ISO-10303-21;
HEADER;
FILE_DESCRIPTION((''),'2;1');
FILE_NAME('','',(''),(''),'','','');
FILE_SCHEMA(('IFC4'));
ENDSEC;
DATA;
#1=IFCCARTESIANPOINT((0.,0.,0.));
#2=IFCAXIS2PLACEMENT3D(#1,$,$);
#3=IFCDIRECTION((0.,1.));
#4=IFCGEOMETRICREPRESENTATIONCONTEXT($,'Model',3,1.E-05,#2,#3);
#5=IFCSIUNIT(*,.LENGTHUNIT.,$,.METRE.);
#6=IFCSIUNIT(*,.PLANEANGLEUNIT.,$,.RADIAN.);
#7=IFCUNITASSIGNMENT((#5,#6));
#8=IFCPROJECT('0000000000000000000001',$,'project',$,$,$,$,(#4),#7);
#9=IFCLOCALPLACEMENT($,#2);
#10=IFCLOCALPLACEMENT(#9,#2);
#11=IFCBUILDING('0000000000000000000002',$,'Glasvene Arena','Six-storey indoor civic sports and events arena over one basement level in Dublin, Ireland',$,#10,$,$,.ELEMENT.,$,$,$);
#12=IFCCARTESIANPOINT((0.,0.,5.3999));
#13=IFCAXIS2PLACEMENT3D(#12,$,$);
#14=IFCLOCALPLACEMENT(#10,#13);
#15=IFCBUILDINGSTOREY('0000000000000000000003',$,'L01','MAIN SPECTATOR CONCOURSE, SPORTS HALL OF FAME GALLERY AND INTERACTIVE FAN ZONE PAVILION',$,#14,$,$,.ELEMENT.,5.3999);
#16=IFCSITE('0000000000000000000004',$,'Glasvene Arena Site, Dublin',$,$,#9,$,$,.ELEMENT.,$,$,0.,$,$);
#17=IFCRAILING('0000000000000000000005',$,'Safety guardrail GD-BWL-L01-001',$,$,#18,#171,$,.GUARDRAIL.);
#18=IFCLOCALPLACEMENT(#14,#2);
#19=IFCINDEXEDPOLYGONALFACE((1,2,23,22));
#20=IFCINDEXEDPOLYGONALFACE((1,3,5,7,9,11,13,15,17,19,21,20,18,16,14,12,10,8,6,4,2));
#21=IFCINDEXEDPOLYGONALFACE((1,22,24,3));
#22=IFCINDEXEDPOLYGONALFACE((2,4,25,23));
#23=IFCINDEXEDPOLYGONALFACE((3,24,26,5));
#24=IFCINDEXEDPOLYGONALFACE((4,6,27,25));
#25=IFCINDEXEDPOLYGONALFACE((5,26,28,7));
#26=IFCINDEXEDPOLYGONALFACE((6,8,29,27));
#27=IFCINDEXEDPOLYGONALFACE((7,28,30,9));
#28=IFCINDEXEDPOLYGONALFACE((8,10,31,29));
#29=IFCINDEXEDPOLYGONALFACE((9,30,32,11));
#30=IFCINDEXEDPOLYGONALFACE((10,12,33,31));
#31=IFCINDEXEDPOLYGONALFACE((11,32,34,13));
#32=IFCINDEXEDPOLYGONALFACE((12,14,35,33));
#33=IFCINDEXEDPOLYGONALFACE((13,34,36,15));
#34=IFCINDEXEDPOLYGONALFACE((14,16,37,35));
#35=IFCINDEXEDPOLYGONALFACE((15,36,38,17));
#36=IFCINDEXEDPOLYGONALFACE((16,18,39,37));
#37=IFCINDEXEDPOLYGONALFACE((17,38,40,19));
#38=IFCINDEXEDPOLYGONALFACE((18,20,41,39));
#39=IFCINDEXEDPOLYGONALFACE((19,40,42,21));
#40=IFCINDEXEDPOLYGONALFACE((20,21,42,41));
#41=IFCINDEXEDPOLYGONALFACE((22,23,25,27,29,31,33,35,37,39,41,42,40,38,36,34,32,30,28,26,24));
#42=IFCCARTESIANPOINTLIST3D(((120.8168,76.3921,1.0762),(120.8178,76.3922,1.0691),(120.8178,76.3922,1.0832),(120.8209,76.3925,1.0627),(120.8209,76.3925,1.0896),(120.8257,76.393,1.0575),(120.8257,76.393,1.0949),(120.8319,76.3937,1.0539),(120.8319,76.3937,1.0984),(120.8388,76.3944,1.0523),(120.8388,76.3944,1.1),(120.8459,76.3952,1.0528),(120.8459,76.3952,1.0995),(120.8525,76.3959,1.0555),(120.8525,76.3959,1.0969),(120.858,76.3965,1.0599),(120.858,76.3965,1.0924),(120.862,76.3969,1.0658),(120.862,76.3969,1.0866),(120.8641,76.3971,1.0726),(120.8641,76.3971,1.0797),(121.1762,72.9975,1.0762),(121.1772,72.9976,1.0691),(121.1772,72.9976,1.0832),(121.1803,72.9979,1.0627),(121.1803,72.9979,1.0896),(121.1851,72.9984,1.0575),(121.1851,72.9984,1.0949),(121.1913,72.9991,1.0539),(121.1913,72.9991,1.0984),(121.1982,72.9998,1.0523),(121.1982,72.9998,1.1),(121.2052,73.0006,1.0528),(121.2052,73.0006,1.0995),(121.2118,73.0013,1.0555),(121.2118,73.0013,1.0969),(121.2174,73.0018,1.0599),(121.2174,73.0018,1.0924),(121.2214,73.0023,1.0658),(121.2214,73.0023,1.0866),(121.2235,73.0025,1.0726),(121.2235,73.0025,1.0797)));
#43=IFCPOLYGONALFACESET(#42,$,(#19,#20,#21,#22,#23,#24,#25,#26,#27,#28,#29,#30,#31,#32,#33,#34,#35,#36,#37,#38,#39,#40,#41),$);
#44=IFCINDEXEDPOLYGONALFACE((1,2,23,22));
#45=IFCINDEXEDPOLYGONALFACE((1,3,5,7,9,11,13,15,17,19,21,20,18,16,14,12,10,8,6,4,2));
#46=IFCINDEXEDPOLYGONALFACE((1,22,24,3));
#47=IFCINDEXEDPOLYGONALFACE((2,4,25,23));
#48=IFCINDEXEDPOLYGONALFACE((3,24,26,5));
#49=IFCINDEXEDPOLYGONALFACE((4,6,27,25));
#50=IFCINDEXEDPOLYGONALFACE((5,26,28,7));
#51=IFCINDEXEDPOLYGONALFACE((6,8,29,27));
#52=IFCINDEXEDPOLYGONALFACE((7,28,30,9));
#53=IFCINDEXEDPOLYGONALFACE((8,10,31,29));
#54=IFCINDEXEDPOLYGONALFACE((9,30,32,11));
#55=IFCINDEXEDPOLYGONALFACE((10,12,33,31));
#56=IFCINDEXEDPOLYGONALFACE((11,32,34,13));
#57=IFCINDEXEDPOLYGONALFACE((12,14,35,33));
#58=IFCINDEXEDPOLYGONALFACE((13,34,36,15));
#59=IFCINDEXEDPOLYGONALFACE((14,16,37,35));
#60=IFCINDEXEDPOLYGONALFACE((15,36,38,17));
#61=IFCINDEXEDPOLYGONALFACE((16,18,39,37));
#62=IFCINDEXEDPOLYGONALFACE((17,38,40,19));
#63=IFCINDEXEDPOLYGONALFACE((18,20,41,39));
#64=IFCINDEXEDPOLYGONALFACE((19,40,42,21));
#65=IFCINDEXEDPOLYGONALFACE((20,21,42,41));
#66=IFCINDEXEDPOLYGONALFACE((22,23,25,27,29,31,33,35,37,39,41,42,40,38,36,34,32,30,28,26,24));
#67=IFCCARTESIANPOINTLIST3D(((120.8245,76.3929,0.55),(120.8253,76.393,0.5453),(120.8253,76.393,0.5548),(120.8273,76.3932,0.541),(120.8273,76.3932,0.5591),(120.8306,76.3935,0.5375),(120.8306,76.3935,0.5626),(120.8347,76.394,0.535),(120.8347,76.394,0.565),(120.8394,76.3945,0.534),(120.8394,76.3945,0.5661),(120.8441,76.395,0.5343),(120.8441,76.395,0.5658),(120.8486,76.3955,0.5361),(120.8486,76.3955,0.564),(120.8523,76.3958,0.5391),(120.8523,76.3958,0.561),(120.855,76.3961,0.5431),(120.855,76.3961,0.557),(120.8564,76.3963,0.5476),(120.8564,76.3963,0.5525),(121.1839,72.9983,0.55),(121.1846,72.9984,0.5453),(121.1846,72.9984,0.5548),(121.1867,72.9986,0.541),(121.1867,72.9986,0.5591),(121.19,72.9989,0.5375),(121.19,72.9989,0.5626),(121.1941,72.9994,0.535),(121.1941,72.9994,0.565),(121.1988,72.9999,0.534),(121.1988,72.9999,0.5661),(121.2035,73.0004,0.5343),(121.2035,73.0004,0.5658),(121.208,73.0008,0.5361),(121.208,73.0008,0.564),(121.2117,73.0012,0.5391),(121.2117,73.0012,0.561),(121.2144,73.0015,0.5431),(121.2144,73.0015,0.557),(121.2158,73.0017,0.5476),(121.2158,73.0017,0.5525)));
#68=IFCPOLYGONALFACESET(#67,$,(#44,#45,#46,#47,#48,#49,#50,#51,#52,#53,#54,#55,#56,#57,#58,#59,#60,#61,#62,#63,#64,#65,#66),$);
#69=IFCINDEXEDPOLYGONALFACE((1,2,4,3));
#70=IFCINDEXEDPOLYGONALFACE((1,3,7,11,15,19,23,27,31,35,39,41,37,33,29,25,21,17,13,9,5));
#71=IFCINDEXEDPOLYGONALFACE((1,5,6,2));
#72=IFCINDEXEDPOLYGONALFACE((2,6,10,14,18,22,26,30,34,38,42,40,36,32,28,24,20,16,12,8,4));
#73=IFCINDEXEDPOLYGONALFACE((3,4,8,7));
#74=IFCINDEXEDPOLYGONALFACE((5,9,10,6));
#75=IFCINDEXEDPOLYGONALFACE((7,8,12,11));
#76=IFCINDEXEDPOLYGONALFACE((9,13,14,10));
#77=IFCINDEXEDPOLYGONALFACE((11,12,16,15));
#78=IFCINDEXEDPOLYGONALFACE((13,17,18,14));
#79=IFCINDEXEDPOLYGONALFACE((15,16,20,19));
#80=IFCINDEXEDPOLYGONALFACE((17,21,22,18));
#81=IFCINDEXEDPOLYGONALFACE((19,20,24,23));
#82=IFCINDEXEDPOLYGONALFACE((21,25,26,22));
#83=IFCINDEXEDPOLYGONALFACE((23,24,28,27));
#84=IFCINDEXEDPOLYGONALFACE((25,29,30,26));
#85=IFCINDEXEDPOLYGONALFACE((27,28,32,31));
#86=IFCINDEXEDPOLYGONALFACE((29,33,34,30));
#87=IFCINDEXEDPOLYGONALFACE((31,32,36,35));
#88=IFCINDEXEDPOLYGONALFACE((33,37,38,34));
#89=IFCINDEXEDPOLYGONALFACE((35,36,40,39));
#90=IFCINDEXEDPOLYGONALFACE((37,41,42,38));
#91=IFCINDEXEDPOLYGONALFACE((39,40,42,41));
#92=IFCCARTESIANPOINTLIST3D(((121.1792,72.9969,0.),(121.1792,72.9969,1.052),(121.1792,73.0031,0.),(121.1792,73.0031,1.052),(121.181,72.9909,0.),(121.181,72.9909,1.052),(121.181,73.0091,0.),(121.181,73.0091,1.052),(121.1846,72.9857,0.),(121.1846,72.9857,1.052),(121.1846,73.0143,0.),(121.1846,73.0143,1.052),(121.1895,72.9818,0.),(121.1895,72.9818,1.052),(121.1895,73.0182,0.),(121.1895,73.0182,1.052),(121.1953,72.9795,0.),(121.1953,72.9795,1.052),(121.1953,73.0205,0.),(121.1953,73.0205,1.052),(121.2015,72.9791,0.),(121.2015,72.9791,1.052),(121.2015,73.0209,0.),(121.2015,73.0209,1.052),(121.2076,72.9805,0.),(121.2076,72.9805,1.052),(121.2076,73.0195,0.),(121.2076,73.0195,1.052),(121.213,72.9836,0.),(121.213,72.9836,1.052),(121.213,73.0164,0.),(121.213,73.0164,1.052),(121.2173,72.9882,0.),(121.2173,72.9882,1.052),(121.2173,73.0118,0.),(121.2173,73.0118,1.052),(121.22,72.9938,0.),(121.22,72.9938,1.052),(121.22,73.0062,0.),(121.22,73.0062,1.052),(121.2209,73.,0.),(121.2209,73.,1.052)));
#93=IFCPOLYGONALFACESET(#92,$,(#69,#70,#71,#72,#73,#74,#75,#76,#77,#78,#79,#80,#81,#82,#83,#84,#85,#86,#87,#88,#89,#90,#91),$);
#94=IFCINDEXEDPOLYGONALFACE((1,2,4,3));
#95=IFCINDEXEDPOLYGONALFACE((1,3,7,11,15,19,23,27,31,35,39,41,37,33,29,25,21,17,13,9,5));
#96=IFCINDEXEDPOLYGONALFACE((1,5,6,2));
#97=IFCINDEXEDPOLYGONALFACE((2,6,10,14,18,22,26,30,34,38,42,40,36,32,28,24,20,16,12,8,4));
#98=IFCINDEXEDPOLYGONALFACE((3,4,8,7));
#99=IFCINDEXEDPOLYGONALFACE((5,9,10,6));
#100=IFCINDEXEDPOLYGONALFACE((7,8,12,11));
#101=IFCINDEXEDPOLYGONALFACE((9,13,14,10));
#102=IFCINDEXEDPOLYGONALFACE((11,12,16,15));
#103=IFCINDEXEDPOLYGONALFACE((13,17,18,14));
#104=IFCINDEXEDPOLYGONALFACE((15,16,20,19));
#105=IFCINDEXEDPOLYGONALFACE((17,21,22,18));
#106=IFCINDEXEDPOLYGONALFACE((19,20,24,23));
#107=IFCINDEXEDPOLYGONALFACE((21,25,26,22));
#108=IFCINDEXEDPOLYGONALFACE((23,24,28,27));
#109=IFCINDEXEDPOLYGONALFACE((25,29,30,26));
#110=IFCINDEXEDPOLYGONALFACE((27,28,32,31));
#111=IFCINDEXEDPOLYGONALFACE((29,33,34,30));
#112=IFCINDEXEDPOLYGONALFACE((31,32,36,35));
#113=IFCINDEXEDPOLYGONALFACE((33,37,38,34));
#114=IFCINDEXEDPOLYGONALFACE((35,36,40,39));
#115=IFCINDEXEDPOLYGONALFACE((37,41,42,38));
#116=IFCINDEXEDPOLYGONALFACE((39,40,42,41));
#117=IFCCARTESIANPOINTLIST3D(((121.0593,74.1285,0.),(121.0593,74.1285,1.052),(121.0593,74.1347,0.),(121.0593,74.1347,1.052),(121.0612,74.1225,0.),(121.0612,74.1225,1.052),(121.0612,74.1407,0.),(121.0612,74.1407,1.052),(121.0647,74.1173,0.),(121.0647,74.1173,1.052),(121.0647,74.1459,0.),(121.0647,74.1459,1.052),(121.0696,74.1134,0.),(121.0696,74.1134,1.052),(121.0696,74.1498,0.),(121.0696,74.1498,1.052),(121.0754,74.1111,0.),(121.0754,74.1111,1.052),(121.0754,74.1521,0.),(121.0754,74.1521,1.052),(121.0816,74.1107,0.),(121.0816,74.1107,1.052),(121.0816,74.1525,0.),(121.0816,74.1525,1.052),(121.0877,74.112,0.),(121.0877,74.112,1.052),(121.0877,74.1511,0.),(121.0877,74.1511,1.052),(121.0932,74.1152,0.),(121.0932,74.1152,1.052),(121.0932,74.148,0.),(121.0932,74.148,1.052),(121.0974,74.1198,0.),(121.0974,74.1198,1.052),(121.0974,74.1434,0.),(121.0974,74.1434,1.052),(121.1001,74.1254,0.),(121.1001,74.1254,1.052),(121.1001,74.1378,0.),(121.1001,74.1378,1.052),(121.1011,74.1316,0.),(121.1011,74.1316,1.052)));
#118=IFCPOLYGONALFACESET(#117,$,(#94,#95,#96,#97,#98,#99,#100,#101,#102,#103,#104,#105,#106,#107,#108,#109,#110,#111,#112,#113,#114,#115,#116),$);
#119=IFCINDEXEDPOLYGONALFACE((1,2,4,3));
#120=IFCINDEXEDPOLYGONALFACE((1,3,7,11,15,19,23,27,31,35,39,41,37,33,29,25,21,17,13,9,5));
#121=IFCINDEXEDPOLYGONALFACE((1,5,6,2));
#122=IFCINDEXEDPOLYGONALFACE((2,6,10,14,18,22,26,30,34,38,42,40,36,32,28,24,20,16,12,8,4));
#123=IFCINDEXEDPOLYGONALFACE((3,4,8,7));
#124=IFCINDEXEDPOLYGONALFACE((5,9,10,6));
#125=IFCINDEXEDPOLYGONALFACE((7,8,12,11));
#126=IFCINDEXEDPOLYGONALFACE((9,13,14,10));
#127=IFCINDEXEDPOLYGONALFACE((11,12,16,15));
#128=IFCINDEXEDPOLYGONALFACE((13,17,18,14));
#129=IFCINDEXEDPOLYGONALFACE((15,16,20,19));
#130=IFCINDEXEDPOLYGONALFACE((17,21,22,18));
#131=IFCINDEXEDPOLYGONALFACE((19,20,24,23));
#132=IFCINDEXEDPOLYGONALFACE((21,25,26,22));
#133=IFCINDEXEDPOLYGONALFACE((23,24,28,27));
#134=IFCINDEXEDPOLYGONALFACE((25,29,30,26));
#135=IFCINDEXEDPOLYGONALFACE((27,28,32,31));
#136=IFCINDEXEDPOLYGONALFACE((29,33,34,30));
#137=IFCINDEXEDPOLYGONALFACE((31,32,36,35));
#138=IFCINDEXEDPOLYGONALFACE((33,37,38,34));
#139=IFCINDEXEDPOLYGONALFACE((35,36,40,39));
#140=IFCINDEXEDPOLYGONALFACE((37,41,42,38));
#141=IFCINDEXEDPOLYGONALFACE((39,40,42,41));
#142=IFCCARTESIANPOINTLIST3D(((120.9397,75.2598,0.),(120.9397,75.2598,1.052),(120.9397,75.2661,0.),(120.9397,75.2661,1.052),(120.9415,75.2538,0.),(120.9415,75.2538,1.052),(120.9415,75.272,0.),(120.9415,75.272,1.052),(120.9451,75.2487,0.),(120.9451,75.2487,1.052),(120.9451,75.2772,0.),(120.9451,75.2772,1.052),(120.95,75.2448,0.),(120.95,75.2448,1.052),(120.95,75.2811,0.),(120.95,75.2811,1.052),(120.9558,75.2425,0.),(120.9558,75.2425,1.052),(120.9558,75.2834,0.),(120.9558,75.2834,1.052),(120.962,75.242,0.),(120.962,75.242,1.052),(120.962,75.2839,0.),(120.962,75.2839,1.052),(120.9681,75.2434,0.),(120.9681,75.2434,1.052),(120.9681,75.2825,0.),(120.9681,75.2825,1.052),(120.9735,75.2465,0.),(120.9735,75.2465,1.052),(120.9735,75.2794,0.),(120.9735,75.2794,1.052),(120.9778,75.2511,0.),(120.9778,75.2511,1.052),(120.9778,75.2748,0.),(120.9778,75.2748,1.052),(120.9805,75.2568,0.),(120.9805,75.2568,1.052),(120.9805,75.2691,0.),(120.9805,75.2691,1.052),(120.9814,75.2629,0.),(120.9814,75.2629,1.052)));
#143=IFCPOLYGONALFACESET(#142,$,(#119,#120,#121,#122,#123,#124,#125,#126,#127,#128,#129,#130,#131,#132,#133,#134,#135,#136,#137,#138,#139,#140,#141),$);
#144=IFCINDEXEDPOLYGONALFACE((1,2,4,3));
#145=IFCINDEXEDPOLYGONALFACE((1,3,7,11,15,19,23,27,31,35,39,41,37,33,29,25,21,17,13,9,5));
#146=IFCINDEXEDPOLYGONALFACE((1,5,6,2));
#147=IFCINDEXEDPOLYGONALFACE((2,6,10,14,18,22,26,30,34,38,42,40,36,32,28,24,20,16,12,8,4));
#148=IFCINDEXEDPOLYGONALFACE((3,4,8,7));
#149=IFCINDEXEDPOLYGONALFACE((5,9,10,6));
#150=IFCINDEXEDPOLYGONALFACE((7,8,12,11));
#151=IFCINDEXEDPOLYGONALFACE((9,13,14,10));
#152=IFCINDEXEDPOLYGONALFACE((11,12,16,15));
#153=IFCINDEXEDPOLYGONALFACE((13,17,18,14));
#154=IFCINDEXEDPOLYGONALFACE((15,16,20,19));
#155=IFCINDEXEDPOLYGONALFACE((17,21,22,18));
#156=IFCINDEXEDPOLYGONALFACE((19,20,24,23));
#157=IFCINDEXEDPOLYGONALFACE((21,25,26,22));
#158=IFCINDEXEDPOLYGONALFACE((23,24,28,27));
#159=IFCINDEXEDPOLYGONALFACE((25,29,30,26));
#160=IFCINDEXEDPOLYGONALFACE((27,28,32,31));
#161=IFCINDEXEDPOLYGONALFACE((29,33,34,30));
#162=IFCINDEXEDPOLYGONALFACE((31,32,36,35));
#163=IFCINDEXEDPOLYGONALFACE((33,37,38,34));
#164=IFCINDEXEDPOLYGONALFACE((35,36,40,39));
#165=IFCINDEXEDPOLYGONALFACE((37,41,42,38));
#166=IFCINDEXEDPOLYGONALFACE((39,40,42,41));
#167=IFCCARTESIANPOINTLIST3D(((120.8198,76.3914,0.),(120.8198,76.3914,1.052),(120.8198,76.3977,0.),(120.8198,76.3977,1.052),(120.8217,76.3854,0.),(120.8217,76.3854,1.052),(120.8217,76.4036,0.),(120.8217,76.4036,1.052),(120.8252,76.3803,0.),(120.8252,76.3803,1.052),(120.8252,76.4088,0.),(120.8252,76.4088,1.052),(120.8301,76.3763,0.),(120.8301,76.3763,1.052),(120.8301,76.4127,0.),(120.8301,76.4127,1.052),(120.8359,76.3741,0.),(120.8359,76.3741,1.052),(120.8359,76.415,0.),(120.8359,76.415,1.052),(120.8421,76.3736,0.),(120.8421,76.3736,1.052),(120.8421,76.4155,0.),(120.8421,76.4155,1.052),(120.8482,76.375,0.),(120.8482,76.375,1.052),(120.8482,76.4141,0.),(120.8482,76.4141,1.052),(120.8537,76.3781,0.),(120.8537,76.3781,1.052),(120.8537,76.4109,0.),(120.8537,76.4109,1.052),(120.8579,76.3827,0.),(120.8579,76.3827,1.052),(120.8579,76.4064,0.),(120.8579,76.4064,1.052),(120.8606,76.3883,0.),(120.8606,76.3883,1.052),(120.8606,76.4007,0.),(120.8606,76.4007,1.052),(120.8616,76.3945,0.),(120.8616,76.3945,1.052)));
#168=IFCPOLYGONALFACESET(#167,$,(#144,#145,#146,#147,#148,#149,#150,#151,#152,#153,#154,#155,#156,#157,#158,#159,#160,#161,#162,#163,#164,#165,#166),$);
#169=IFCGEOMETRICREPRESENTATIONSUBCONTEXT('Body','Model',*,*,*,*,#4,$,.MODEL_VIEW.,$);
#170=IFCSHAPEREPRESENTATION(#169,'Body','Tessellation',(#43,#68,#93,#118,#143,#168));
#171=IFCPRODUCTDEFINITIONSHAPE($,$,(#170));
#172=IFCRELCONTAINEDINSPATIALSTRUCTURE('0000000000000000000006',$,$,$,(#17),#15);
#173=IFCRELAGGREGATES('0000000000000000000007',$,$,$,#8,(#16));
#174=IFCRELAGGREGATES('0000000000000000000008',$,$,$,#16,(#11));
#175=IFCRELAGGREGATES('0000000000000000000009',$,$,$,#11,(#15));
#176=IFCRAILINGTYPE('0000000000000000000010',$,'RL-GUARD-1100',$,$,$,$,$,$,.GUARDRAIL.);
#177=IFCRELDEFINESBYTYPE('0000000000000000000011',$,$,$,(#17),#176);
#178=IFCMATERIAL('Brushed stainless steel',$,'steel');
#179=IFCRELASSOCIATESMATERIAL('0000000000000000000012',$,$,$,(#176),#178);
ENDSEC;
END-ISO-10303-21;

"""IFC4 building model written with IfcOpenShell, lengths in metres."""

from ifc_helpers import new_model, si_unit, direction, frame, origin, origin_2d, place, context, subcontext, project, spatial, circle, extrude, material, type_object, element, save


model = new_model("IFC4")

# Units and contexts
model_context = context("Model", 3, precision=1e-05, world=origin(), true_north=direction((0.0, 1.0)))
body_context = subcontext(model_context, "Body", "Model", "MODEL_VIEW")
ifc_project = project(units=[si_unit("LENGTHUNIT", "METRE"), si_unit("PLANEANGLEUNIT", "RADIAN")], contexts=[model_context])

# Site, building, storey
site_placement = place(None, origin())
site = spatial("IfcSite", under=ifc_project, at=site_placement, Name="Glasvene Arena Site, Dublin", CompositionType="ELEMENT", RefElevation=0.0)
building_placement = place(site_placement, origin())
building = spatial("IfcBuilding", under=site, at=building_placement, Name="Glasvene Arena", Description="Six-storey indoor civic sports and events arena over one basement level in Dublin, Ireland", CompositionType="ELEMENT")
storey_placement = place(building_placement, frame((0.0, 0.0, 5.3999)))
storey = spatial("IfcBuildingStorey", under=building, at=storey_placement, Name="L01", Description="MAIN SPECTATOR CONCOURSE, SPORTS HALL OF FAME GALLERY AND INTERACTIVE FAN ZONE PAVILION", CompositionType="ELEMENT", Elevation=5.3999)

# Railing
ifc_material_1 = material(Name="Brushed stainless steel", Category="steel")
railing_type = type_object("IfcRailingType", Name="RL-GUARD-1100", PredefinedType="GUARDRAIL", material=ifc_material_1)
railing_1_placement = place(storey_placement, frame((121.2, 73.0, 0.0)))
element("IfcRailing", 1, at=railing_1_placement, inside=storey, type_object=railing_type, Name="Safety guardrail GD-BWL-L01-001", PredefinedType="GUARDRAIL", context=body_context, shape_type="SweptSolid", body=[
    extrude(circle(Radius=0.0239, at=origin_2d()), frame((0.0, 0.0, 1.0762), z_axis=(-0.10528, 0.994443, 0.0), x_axis=(-0.994443, -0.10528, 0.0)), (0.0, 0.0, 1.0), 3.4136),
    extrude(circle(Radius=0.0161, at=origin_2d()), frame((0.0, 0.0, 0.55), z_axis=(-0.10528, 0.994443, 0.0), x_axis=(-0.994443, -0.10528, 0.0)), (0.0, 0.0, 1.0), 3.4136),
    extrude(circle(Radius=0.021, at=origin_2d()), origin(), (0.0, 0.0, 1.0), 1.052),
    extrude(circle(Radius=0.021, at=origin_2d()), frame((-0.1199, 1.1316, 0.0)), (0.0, 0.0, 1.0), 1.052),
    extrude(circle(Radius=0.021, at=origin_2d()), frame((-0.2395, 2.2629, 0.0)), (0.0, 0.0, 1.0), 1.052),
    extrude(circle(Radius=0.021, at=origin_2d()), frame((-0.3594, 3.3945, 0.0)), (0.0, 0.0, 1.0), 1.052),
])

save(model, "model.ifc")
